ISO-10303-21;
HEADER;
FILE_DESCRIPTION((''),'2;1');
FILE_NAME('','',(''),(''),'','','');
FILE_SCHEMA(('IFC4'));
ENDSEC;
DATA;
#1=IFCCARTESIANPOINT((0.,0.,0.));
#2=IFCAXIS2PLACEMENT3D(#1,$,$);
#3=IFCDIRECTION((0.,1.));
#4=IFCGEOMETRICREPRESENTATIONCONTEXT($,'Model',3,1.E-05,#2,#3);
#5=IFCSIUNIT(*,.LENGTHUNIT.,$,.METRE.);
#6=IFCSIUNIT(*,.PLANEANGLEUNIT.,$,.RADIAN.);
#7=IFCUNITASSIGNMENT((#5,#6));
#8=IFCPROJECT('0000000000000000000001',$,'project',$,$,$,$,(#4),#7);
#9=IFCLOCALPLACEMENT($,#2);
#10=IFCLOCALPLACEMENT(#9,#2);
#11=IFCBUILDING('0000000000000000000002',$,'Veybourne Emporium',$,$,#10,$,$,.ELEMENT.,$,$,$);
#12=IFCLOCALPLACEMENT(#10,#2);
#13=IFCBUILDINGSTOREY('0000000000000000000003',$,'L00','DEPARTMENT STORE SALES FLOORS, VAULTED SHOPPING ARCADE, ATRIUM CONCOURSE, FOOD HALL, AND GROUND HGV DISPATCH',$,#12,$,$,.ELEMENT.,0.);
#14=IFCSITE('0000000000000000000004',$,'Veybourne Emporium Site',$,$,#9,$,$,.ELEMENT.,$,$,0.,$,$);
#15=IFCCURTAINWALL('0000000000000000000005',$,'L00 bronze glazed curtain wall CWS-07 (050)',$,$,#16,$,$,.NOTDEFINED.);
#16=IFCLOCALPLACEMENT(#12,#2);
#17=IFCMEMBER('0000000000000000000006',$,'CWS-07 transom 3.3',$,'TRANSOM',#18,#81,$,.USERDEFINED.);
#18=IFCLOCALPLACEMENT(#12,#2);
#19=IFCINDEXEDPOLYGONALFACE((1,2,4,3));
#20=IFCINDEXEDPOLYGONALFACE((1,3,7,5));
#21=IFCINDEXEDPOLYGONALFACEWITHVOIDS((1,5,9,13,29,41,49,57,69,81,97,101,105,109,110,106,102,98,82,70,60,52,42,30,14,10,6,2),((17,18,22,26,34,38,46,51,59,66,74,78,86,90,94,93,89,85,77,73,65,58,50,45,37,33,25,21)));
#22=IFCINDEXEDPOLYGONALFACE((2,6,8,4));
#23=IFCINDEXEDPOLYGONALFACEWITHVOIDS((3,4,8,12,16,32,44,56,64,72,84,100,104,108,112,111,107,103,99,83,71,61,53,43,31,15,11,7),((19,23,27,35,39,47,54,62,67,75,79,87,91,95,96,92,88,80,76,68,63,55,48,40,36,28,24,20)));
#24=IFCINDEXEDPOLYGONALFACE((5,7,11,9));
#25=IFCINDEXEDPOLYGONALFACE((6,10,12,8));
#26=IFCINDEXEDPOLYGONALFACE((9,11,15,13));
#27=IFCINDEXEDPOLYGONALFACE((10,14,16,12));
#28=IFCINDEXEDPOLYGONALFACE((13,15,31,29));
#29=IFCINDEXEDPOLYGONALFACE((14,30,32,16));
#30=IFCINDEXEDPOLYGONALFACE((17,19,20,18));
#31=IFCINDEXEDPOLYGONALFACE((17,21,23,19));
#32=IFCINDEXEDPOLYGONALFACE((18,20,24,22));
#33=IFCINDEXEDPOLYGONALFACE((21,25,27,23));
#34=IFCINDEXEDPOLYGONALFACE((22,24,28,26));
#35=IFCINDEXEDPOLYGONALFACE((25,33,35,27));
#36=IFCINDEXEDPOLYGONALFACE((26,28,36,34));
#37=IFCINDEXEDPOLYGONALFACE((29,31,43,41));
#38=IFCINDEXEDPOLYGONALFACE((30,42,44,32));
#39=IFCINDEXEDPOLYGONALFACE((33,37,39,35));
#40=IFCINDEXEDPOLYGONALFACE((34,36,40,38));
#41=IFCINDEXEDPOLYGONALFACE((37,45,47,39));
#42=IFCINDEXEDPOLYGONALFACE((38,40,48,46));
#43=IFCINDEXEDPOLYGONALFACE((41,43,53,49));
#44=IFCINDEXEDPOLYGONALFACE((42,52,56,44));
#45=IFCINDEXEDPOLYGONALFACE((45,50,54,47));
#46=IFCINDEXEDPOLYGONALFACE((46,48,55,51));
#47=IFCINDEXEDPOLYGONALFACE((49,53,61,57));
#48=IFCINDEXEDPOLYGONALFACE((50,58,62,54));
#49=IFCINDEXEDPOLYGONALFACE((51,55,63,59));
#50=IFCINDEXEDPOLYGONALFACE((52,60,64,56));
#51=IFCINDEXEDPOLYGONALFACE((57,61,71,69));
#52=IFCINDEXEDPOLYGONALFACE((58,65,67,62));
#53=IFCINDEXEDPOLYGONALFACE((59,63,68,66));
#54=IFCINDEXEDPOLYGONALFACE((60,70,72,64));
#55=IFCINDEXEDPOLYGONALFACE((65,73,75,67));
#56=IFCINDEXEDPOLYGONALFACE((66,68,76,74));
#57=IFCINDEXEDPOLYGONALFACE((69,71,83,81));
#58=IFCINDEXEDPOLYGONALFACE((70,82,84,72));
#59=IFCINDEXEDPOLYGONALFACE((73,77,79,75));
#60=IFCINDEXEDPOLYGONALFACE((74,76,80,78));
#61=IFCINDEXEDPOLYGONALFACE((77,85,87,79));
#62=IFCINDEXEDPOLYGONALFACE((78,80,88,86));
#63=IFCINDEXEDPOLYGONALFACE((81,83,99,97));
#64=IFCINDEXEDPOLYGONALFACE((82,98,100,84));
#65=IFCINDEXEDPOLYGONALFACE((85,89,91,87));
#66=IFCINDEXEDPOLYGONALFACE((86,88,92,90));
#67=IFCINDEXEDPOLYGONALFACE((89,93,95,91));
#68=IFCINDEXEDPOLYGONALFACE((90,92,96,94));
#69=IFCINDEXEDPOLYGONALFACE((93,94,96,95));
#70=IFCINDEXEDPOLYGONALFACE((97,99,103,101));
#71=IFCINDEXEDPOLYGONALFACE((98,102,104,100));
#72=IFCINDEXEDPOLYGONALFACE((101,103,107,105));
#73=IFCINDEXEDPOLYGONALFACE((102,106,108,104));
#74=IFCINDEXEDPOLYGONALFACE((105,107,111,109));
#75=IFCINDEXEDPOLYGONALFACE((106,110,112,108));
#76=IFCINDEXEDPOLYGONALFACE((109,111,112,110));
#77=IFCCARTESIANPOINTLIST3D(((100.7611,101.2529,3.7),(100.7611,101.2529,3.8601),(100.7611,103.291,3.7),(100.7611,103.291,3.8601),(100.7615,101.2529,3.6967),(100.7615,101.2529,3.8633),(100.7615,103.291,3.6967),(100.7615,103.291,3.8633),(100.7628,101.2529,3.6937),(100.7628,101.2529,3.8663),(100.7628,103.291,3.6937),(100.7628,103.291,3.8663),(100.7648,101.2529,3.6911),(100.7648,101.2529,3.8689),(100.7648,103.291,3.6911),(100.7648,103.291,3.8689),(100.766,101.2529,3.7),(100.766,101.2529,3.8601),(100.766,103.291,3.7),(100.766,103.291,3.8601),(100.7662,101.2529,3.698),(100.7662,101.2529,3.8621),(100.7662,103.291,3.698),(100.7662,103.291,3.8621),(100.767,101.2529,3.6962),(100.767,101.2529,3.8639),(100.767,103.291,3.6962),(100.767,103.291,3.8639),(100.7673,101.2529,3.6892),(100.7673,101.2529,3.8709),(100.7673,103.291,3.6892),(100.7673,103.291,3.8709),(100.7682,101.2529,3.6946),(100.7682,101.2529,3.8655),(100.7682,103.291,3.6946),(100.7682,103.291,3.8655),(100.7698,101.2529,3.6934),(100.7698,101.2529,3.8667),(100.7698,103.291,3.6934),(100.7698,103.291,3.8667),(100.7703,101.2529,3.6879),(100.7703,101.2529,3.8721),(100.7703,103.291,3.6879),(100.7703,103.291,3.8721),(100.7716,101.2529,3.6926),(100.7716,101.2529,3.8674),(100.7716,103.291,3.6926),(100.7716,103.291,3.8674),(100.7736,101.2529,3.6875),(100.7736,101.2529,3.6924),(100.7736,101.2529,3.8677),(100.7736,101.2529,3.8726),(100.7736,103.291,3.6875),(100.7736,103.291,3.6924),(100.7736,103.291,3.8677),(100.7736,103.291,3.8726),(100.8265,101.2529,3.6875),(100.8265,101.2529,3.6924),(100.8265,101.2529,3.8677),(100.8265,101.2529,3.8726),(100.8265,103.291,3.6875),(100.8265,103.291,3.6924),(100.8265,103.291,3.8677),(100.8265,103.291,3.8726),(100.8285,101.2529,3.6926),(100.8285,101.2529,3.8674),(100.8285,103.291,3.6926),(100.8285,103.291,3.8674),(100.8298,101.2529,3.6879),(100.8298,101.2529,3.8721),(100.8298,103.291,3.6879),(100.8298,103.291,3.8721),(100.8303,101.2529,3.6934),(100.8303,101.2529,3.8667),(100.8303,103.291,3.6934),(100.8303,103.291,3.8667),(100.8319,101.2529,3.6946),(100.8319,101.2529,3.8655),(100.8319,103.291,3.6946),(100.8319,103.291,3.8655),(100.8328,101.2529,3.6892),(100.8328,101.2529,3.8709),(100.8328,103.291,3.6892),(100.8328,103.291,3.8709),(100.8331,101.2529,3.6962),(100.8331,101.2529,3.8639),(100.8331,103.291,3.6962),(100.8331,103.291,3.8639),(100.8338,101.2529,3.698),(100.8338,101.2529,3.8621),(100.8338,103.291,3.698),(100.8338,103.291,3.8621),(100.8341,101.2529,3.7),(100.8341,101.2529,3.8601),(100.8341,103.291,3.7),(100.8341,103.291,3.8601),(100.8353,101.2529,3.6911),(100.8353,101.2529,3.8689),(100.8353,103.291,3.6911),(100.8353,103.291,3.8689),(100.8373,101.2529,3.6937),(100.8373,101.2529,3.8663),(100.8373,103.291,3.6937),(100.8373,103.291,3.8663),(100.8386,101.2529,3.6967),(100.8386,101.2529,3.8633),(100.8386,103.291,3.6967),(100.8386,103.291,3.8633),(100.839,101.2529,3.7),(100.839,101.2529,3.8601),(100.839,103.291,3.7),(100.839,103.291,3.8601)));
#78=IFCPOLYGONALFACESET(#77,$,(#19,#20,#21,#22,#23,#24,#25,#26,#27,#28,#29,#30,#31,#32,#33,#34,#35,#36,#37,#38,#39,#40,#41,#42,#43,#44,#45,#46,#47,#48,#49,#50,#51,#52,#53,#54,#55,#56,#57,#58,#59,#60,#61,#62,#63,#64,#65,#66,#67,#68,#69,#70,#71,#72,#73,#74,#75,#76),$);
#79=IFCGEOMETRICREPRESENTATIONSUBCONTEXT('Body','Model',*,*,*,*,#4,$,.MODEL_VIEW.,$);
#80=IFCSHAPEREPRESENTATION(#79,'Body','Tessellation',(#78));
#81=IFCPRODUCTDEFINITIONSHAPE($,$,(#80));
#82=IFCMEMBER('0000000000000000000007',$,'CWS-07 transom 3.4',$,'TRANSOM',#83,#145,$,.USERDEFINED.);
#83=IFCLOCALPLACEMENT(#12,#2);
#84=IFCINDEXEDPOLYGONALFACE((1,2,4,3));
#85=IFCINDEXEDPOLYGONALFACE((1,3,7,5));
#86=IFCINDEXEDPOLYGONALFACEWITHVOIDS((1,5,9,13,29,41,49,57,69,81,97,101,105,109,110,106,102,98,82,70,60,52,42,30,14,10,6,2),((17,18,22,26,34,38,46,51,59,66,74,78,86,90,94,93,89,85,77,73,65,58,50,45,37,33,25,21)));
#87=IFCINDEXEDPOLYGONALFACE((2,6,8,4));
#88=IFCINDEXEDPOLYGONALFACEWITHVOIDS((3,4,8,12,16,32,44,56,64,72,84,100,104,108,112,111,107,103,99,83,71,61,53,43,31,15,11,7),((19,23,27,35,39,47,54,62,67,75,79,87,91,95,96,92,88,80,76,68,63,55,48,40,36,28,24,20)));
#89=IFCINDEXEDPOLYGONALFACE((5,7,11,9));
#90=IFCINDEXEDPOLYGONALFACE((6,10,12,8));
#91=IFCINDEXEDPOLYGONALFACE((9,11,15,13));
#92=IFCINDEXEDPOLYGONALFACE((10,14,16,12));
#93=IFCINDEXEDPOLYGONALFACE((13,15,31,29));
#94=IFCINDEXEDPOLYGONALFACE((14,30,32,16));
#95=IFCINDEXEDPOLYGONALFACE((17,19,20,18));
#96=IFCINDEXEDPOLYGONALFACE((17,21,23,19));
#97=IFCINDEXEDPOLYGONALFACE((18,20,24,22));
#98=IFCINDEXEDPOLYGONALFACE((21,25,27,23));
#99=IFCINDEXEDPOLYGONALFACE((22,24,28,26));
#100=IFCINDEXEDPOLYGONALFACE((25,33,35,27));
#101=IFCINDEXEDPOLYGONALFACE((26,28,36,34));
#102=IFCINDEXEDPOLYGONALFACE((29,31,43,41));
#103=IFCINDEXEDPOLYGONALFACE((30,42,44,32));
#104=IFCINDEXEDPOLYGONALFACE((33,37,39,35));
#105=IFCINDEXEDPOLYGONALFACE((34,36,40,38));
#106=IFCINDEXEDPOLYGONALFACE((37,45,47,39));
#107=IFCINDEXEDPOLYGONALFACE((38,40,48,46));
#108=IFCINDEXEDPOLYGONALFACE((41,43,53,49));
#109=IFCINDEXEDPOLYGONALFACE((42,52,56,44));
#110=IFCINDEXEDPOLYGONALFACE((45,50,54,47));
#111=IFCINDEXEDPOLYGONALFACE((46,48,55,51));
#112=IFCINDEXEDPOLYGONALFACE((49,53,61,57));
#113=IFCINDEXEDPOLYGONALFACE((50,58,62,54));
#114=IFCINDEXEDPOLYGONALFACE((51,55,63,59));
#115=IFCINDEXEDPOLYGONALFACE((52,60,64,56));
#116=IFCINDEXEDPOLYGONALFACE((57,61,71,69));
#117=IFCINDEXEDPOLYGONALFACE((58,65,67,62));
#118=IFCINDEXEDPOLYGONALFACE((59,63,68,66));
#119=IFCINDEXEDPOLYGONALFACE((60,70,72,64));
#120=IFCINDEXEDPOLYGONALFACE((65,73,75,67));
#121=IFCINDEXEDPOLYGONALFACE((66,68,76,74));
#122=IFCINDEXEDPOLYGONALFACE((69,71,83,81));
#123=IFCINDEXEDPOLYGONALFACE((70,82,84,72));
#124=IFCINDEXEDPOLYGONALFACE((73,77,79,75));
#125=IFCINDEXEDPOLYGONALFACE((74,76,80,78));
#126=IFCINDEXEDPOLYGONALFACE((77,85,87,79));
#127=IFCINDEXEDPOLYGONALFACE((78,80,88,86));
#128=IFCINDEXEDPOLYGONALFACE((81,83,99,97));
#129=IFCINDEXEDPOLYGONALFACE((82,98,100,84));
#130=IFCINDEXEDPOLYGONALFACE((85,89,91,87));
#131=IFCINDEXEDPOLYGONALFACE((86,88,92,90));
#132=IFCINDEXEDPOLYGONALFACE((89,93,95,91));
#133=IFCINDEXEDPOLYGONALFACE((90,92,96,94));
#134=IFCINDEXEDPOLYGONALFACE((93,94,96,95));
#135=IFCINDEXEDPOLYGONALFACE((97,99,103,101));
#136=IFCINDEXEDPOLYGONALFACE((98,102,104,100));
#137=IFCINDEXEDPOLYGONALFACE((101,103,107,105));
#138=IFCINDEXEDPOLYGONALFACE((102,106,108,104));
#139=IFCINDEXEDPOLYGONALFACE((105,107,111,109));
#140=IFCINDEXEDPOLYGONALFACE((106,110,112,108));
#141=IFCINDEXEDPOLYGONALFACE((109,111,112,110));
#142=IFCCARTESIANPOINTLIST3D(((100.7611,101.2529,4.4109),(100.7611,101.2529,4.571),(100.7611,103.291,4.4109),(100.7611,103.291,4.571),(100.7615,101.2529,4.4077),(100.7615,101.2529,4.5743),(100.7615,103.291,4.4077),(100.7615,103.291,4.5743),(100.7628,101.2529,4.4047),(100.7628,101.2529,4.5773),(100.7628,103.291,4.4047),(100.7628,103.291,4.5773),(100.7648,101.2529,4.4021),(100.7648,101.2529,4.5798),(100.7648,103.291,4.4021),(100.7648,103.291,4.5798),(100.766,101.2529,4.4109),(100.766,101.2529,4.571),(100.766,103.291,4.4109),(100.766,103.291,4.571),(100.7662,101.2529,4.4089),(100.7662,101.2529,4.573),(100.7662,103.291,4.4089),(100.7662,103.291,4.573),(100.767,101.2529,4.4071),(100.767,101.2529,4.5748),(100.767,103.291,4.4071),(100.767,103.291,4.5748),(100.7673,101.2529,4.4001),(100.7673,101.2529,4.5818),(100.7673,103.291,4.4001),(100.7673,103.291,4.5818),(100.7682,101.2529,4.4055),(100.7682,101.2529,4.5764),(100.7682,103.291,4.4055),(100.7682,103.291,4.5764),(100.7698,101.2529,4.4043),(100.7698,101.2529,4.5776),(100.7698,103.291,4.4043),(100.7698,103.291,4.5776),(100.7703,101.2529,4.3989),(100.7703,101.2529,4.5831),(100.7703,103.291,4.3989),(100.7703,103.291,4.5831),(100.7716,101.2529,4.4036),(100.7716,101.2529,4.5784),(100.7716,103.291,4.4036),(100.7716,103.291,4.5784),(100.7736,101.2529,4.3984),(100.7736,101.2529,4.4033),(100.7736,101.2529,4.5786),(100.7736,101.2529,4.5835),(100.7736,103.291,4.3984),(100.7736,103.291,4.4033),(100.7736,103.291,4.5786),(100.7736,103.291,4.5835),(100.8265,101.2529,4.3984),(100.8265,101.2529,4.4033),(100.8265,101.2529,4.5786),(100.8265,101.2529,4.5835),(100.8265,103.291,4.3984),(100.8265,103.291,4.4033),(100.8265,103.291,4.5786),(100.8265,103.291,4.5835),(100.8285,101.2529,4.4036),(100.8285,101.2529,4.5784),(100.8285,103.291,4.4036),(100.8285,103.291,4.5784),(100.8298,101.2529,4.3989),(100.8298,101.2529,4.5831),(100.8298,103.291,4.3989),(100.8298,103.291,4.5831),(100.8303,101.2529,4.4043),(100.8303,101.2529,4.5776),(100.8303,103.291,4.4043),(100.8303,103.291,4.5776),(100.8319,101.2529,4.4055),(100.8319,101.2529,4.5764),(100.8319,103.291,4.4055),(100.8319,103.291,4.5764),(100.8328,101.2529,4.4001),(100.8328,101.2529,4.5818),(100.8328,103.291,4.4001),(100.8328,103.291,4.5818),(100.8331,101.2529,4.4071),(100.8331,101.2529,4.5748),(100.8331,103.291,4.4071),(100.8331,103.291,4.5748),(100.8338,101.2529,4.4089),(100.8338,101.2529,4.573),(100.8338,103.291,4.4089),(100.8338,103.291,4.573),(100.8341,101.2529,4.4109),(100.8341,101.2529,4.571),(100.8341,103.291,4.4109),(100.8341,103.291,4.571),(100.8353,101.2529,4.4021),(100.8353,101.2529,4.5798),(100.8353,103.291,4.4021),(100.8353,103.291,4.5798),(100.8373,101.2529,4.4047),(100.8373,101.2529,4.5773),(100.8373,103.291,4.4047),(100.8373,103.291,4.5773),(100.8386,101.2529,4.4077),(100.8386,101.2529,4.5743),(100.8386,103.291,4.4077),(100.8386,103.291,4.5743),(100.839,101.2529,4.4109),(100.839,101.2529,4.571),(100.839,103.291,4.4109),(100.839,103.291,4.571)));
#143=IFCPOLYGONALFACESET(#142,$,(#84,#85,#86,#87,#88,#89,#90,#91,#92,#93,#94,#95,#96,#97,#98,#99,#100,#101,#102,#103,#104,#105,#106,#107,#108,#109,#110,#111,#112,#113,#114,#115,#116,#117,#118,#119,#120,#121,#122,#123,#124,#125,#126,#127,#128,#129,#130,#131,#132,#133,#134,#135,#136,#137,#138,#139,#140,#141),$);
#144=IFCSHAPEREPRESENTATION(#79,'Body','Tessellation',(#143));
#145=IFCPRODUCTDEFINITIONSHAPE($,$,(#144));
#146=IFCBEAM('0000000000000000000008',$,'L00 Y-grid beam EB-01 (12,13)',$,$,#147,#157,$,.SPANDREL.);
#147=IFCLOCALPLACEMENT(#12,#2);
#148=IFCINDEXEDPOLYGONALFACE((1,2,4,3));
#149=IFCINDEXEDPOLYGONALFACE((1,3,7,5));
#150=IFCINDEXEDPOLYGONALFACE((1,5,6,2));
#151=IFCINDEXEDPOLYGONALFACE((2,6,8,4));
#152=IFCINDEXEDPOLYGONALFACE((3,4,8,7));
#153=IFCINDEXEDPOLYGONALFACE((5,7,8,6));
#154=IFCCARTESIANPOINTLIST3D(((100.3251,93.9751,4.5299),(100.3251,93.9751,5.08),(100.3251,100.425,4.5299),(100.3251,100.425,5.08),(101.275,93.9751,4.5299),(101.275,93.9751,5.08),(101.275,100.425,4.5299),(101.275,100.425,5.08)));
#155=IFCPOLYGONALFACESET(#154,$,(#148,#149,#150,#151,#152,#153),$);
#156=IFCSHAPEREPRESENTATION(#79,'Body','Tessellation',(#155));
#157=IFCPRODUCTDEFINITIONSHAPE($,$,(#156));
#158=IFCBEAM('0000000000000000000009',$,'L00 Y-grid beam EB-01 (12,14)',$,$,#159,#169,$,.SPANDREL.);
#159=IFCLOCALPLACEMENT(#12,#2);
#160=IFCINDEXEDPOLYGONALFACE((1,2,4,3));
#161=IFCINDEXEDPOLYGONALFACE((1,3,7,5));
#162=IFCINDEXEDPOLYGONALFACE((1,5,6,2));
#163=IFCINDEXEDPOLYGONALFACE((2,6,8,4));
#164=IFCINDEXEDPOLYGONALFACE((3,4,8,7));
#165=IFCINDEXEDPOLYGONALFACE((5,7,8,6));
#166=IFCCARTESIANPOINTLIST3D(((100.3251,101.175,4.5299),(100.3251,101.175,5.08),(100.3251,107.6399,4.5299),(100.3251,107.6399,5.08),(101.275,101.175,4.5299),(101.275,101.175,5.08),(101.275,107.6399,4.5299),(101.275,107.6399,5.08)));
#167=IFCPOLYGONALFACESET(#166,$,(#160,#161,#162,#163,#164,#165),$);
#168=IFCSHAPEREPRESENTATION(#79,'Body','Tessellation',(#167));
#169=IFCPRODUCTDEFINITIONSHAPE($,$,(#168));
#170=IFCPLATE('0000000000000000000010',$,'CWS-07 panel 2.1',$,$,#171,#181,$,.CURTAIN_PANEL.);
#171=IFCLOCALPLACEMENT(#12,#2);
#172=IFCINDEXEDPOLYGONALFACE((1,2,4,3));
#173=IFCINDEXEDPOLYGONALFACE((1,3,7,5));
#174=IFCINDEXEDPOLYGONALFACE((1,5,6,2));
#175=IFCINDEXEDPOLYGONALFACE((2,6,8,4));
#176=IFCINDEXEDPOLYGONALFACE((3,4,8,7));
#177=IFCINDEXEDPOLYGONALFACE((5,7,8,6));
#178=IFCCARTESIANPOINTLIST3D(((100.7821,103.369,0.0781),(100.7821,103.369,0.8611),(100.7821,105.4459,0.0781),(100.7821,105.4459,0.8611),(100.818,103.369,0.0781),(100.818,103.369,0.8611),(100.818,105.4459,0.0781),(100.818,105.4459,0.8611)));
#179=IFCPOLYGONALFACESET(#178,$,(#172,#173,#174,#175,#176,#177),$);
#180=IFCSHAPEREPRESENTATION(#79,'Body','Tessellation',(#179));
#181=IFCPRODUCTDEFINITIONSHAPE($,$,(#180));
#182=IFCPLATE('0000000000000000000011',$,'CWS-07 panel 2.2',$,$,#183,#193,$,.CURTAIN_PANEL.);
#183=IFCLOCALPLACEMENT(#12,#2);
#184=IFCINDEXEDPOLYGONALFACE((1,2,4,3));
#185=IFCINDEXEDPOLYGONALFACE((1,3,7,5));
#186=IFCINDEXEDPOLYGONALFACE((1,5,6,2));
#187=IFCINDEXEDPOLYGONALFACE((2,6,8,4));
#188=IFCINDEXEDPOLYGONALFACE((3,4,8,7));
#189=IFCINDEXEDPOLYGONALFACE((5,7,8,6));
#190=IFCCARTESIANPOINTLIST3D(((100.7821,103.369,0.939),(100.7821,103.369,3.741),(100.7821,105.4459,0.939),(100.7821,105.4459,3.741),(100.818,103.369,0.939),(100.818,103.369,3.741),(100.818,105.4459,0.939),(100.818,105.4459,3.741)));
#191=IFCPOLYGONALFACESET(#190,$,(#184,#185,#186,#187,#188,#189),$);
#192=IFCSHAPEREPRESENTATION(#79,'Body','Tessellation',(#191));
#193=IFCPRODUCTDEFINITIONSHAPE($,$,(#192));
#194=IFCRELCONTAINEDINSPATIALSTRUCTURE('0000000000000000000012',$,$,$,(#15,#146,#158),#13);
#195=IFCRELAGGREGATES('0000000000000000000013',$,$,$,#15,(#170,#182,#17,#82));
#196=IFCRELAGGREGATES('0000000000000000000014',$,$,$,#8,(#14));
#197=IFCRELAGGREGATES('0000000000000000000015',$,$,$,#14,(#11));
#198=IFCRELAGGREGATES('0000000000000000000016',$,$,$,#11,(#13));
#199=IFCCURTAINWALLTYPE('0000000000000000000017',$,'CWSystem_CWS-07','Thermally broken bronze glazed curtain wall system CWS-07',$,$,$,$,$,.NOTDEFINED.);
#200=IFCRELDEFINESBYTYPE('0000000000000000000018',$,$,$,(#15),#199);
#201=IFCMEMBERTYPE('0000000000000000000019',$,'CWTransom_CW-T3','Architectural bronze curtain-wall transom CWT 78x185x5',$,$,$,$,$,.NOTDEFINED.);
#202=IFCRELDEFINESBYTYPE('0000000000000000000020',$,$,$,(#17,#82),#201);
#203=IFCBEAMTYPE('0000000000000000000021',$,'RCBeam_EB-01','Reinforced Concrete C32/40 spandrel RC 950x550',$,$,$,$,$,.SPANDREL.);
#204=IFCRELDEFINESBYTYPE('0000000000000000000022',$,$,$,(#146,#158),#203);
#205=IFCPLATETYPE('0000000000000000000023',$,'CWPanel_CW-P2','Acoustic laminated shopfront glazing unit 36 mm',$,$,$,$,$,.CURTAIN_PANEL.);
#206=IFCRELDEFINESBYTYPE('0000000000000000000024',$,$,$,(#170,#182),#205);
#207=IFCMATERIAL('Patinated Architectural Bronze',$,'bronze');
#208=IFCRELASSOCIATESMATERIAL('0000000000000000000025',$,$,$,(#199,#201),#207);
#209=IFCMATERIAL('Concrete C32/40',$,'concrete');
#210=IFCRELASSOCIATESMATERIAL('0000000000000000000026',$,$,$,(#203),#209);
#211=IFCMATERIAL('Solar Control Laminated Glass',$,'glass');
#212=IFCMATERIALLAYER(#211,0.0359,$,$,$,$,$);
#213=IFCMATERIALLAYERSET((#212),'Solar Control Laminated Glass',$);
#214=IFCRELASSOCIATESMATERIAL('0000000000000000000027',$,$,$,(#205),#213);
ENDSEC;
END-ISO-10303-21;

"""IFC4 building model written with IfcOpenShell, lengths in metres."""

from ifc_helpers import new_model, si_unit, direction, frame, origin, origin_2d, place, context, subcontext, project, spatial, rectangle, hollow_rectangle, extrude, material, layer, layer_set, material_profile, profile_set, type_object, element, aggregate, save


model = new_model("IFC4")

# Units and contexts
model_context = context("Model", 3, precision=1e-05, world=origin(), true_north=direction((0.0, 1.0)))
body_context = subcontext(model_context, "Body", "Model", "MODEL_VIEW")
ifc_project = project(units=[si_unit("LENGTHUNIT", "METRE"), si_unit("PLANEANGLEUNIT", "RADIAN")], contexts=[model_context])

# Site, building, storey
site_placement = place(None, origin())
site = spatial("IfcSite", under=ifc_project, at=site_placement, Name="Veybourne Emporium Site", CompositionType="ELEMENT", RefElevation=0.0)
building_placement = place(site_placement, origin())
building = spatial("IfcBuilding", under=site, at=building_placement, Name="Veybourne Emporium", CompositionType="ELEMENT")
storey_placement = place(building_placement, origin())
storey = spatial("IfcBuildingStorey", under=building, at=storey_placement, Name="L00", Description="DEPARTMENT STORE SALES FLOORS, VAULTED SHOPPING ARCADE, ATRIUM CONCOURSE, FOOD HALL, AND GROUND HGV DISPATCH", CompositionType="ELEMENT", Elevation=0.0)

# Curtain wall, members
ifc_material_1 = material(Name="Patinated Architectural Bronze", Category="bronze")
curtain_wall_type = type_object("IfcCurtainWallType", Name="CWSystem_CWS-07", Description="Thermally broken bronze glazed curtain wall system CWS-07", PredefinedType="NOTDEFINED", material=ifc_material_1)
curtain_wall_placement = place(storey_placement, origin())
curtain_wall = element("IfcCurtainWall", 1, at=curtain_wall_placement, inside=storey, type_object=curtain_wall_type, Name="L00 bronze glazed curtain wall CWS-07 (050)", PredefinedType="NOTDEFINED")
ifc_material_profile_1 = material_profile(ifc_material_1, hollow_rectangle(XDim=0.0779, YDim=0.1851, WallThickness=0.0049, InnerFilletRadius=0.0076, OuterFilletRadius=0.0125, at=origin_2d()), Name="CWT 78x185x5")
ifc_profile_set_1 = profile_set([ifc_material_profile_1], Name="Patinated Architectural Bronze")
member_type_1 = type_object("IfcMemberType", Name="CWTransom_CW-T3", Description="Architectural bronze curtain-wall transom CWT 78x185x5", PredefinedType="NOTDEFINED", material=ifc_profile_set_1)
member_1_placement = place(storey_placement, frame((100.8, 103.291, 3.78), z_axis=(0.0, -1.0, 0.0), x_axis=(1.0, 0.0, 0.0)))
member_1 = element("IfcMember", 2, at=member_1_placement, type_object=member_type_1, Name="CWS-07 transom 3.3", ObjectType="TRANSOM", PredefinedType="USERDEFINED", context=body_context, shape_type="SweptSolid", body=[
    extrude(hollow_rectangle(XDim=0.0779, YDim=0.1851, WallThickness=0.0049, InnerFilletRadius=0.0076, OuterFilletRadius=0.0125, at=origin_2d()), origin(), (0.0, 0.0, 1.0), 2.0381),
])
member_2_placement = place(storey_placement, frame((100.8, 103.291, 4.491), z_axis=(0.0, -1.0, 0.0), x_axis=(1.0, 0.0, 0.0)))
member_2 = element("IfcMember", 3, at=member_2_placement, type_object=member_type_1, Name="CWS-07 transom 3.4", ObjectType="TRANSOM", PredefinedType="USERDEFINED", context=body_context, shape_type="SweptSolid", body=[
    extrude(hollow_rectangle(XDim=0.0779, YDim=0.1851, WallThickness=0.0049, InnerFilletRadius=0.0076, OuterFilletRadius=0.0125, at=origin_2d()), origin(), (0.0, 0.0, 1.0), 2.0381),
])

# Beams
ifc_material_2 = material(Name="Concrete C32/40", Category="concrete")
ifc_material_profile_2 = material_profile(ifc_material_2, rectangle(XDim=0.95, YDim=0.55, at=origin_2d()), Name="RC 950x550")
ifc_profile_set_2 = profile_set([ifc_material_profile_2], Name="Concrete C32/40")
beam_type = type_object("IfcBeamType", Name="RCBeam_EB-01", Description="Reinforced Concrete C32/40 spandrel RC 950x550", PredefinedType="SPANDREL", material=ifc_profile_set_2)
beam_1_placement = place(storey_placement, frame((100.8, 93.9751, 4.8049), z_axis=(0.0, 1.0, 0.0), x_axis=(-1.0, 0.0, 0.0)))
element("IfcBeam", 4, at=beam_1_placement, inside=storey, type_object=beam_type, Name="L00 Y-grid beam EB-01 (12,13)", PredefinedType="SPANDREL", context=body_context, shape_type="SweptSolid", body=[
    extrude(rectangle(XDim=0.95, YDim=0.55, at=origin_2d()), origin(), (0.0, 0.0, 1.0), 6.45),
])
beam_2_placement = place(storey_placement, frame((100.8, 101.175, 4.8049), z_axis=(0.0, 1.0, 0.0), x_axis=(-1.0, 0.0, 0.0)))
element("IfcBeam", 5, at=beam_2_placement, inside=storey, type_object=beam_type, Name="L00 Y-grid beam EB-01 (12,14)", PredefinedType="SPANDREL", context=body_context, shape_type="SweptSolid", body=[
    extrude(rectangle(XDim=0.95, YDim=0.55, at=origin_2d()), origin(), (0.0, 0.0, 1.0), 6.4648),
])

# Plates
ifc_material_3 = material(Name="Solar Control Laminated Glass", Category="glass")
ifc_layer_1 = layer(ifc_material_3, 0.0359)
ifc_layer_set_1 = layer_set([ifc_layer_1], Name="Solar Control Laminated Glass")
plate_type = type_object("IfcPlateType", Name="CWPanel_CW-P2", Description="Acoustic laminated shopfront glazing unit 36 mm", PredefinedType="CURTAIN_PANEL", material=ifc_layer_set_1)
plate_1_placement = place(storey_placement, frame((100.8, 104.4075, 0.0781), z_axis=(0.0, 0.0, 1.0), x_axis=(0.0, -1.0, 0.0)))
plate_1 = element("IfcPlate", 6, at=plate_1_placement, type_object=plate_type, Name="CWS-07 panel 2.1", PredefinedType="CURTAIN_PANEL", context=body_context, shape_type="SweptSolid", body=[
    extrude(rectangle(XDim=2.0769, YDim=0.0359, at=origin_2d()), origin(), (0.0, 0.0, 1.0), 0.783),
])
plate_2_placement = place(storey_placement, frame((100.8, 104.4075, 0.939), z_axis=(0.0, 0.0, 1.0), x_axis=(0.0, -1.0, 0.0)))
plate_2 = element("IfcPlate", 7, at=plate_2_placement, type_object=plate_type, Name="CWS-07 panel 2.2", PredefinedType="CURTAIN_PANEL", context=body_context, shape_type="SweptSolid", body=[
    extrude(rectangle(XDim=2.0769, YDim=0.0359, at=origin_2d()), origin(), (0.0, 0.0, 1.0), 2.802),
])
aggregate(curtain_wall, [plate_1, plate_2, member_1, member_2])

save(model, "model.ifc")
